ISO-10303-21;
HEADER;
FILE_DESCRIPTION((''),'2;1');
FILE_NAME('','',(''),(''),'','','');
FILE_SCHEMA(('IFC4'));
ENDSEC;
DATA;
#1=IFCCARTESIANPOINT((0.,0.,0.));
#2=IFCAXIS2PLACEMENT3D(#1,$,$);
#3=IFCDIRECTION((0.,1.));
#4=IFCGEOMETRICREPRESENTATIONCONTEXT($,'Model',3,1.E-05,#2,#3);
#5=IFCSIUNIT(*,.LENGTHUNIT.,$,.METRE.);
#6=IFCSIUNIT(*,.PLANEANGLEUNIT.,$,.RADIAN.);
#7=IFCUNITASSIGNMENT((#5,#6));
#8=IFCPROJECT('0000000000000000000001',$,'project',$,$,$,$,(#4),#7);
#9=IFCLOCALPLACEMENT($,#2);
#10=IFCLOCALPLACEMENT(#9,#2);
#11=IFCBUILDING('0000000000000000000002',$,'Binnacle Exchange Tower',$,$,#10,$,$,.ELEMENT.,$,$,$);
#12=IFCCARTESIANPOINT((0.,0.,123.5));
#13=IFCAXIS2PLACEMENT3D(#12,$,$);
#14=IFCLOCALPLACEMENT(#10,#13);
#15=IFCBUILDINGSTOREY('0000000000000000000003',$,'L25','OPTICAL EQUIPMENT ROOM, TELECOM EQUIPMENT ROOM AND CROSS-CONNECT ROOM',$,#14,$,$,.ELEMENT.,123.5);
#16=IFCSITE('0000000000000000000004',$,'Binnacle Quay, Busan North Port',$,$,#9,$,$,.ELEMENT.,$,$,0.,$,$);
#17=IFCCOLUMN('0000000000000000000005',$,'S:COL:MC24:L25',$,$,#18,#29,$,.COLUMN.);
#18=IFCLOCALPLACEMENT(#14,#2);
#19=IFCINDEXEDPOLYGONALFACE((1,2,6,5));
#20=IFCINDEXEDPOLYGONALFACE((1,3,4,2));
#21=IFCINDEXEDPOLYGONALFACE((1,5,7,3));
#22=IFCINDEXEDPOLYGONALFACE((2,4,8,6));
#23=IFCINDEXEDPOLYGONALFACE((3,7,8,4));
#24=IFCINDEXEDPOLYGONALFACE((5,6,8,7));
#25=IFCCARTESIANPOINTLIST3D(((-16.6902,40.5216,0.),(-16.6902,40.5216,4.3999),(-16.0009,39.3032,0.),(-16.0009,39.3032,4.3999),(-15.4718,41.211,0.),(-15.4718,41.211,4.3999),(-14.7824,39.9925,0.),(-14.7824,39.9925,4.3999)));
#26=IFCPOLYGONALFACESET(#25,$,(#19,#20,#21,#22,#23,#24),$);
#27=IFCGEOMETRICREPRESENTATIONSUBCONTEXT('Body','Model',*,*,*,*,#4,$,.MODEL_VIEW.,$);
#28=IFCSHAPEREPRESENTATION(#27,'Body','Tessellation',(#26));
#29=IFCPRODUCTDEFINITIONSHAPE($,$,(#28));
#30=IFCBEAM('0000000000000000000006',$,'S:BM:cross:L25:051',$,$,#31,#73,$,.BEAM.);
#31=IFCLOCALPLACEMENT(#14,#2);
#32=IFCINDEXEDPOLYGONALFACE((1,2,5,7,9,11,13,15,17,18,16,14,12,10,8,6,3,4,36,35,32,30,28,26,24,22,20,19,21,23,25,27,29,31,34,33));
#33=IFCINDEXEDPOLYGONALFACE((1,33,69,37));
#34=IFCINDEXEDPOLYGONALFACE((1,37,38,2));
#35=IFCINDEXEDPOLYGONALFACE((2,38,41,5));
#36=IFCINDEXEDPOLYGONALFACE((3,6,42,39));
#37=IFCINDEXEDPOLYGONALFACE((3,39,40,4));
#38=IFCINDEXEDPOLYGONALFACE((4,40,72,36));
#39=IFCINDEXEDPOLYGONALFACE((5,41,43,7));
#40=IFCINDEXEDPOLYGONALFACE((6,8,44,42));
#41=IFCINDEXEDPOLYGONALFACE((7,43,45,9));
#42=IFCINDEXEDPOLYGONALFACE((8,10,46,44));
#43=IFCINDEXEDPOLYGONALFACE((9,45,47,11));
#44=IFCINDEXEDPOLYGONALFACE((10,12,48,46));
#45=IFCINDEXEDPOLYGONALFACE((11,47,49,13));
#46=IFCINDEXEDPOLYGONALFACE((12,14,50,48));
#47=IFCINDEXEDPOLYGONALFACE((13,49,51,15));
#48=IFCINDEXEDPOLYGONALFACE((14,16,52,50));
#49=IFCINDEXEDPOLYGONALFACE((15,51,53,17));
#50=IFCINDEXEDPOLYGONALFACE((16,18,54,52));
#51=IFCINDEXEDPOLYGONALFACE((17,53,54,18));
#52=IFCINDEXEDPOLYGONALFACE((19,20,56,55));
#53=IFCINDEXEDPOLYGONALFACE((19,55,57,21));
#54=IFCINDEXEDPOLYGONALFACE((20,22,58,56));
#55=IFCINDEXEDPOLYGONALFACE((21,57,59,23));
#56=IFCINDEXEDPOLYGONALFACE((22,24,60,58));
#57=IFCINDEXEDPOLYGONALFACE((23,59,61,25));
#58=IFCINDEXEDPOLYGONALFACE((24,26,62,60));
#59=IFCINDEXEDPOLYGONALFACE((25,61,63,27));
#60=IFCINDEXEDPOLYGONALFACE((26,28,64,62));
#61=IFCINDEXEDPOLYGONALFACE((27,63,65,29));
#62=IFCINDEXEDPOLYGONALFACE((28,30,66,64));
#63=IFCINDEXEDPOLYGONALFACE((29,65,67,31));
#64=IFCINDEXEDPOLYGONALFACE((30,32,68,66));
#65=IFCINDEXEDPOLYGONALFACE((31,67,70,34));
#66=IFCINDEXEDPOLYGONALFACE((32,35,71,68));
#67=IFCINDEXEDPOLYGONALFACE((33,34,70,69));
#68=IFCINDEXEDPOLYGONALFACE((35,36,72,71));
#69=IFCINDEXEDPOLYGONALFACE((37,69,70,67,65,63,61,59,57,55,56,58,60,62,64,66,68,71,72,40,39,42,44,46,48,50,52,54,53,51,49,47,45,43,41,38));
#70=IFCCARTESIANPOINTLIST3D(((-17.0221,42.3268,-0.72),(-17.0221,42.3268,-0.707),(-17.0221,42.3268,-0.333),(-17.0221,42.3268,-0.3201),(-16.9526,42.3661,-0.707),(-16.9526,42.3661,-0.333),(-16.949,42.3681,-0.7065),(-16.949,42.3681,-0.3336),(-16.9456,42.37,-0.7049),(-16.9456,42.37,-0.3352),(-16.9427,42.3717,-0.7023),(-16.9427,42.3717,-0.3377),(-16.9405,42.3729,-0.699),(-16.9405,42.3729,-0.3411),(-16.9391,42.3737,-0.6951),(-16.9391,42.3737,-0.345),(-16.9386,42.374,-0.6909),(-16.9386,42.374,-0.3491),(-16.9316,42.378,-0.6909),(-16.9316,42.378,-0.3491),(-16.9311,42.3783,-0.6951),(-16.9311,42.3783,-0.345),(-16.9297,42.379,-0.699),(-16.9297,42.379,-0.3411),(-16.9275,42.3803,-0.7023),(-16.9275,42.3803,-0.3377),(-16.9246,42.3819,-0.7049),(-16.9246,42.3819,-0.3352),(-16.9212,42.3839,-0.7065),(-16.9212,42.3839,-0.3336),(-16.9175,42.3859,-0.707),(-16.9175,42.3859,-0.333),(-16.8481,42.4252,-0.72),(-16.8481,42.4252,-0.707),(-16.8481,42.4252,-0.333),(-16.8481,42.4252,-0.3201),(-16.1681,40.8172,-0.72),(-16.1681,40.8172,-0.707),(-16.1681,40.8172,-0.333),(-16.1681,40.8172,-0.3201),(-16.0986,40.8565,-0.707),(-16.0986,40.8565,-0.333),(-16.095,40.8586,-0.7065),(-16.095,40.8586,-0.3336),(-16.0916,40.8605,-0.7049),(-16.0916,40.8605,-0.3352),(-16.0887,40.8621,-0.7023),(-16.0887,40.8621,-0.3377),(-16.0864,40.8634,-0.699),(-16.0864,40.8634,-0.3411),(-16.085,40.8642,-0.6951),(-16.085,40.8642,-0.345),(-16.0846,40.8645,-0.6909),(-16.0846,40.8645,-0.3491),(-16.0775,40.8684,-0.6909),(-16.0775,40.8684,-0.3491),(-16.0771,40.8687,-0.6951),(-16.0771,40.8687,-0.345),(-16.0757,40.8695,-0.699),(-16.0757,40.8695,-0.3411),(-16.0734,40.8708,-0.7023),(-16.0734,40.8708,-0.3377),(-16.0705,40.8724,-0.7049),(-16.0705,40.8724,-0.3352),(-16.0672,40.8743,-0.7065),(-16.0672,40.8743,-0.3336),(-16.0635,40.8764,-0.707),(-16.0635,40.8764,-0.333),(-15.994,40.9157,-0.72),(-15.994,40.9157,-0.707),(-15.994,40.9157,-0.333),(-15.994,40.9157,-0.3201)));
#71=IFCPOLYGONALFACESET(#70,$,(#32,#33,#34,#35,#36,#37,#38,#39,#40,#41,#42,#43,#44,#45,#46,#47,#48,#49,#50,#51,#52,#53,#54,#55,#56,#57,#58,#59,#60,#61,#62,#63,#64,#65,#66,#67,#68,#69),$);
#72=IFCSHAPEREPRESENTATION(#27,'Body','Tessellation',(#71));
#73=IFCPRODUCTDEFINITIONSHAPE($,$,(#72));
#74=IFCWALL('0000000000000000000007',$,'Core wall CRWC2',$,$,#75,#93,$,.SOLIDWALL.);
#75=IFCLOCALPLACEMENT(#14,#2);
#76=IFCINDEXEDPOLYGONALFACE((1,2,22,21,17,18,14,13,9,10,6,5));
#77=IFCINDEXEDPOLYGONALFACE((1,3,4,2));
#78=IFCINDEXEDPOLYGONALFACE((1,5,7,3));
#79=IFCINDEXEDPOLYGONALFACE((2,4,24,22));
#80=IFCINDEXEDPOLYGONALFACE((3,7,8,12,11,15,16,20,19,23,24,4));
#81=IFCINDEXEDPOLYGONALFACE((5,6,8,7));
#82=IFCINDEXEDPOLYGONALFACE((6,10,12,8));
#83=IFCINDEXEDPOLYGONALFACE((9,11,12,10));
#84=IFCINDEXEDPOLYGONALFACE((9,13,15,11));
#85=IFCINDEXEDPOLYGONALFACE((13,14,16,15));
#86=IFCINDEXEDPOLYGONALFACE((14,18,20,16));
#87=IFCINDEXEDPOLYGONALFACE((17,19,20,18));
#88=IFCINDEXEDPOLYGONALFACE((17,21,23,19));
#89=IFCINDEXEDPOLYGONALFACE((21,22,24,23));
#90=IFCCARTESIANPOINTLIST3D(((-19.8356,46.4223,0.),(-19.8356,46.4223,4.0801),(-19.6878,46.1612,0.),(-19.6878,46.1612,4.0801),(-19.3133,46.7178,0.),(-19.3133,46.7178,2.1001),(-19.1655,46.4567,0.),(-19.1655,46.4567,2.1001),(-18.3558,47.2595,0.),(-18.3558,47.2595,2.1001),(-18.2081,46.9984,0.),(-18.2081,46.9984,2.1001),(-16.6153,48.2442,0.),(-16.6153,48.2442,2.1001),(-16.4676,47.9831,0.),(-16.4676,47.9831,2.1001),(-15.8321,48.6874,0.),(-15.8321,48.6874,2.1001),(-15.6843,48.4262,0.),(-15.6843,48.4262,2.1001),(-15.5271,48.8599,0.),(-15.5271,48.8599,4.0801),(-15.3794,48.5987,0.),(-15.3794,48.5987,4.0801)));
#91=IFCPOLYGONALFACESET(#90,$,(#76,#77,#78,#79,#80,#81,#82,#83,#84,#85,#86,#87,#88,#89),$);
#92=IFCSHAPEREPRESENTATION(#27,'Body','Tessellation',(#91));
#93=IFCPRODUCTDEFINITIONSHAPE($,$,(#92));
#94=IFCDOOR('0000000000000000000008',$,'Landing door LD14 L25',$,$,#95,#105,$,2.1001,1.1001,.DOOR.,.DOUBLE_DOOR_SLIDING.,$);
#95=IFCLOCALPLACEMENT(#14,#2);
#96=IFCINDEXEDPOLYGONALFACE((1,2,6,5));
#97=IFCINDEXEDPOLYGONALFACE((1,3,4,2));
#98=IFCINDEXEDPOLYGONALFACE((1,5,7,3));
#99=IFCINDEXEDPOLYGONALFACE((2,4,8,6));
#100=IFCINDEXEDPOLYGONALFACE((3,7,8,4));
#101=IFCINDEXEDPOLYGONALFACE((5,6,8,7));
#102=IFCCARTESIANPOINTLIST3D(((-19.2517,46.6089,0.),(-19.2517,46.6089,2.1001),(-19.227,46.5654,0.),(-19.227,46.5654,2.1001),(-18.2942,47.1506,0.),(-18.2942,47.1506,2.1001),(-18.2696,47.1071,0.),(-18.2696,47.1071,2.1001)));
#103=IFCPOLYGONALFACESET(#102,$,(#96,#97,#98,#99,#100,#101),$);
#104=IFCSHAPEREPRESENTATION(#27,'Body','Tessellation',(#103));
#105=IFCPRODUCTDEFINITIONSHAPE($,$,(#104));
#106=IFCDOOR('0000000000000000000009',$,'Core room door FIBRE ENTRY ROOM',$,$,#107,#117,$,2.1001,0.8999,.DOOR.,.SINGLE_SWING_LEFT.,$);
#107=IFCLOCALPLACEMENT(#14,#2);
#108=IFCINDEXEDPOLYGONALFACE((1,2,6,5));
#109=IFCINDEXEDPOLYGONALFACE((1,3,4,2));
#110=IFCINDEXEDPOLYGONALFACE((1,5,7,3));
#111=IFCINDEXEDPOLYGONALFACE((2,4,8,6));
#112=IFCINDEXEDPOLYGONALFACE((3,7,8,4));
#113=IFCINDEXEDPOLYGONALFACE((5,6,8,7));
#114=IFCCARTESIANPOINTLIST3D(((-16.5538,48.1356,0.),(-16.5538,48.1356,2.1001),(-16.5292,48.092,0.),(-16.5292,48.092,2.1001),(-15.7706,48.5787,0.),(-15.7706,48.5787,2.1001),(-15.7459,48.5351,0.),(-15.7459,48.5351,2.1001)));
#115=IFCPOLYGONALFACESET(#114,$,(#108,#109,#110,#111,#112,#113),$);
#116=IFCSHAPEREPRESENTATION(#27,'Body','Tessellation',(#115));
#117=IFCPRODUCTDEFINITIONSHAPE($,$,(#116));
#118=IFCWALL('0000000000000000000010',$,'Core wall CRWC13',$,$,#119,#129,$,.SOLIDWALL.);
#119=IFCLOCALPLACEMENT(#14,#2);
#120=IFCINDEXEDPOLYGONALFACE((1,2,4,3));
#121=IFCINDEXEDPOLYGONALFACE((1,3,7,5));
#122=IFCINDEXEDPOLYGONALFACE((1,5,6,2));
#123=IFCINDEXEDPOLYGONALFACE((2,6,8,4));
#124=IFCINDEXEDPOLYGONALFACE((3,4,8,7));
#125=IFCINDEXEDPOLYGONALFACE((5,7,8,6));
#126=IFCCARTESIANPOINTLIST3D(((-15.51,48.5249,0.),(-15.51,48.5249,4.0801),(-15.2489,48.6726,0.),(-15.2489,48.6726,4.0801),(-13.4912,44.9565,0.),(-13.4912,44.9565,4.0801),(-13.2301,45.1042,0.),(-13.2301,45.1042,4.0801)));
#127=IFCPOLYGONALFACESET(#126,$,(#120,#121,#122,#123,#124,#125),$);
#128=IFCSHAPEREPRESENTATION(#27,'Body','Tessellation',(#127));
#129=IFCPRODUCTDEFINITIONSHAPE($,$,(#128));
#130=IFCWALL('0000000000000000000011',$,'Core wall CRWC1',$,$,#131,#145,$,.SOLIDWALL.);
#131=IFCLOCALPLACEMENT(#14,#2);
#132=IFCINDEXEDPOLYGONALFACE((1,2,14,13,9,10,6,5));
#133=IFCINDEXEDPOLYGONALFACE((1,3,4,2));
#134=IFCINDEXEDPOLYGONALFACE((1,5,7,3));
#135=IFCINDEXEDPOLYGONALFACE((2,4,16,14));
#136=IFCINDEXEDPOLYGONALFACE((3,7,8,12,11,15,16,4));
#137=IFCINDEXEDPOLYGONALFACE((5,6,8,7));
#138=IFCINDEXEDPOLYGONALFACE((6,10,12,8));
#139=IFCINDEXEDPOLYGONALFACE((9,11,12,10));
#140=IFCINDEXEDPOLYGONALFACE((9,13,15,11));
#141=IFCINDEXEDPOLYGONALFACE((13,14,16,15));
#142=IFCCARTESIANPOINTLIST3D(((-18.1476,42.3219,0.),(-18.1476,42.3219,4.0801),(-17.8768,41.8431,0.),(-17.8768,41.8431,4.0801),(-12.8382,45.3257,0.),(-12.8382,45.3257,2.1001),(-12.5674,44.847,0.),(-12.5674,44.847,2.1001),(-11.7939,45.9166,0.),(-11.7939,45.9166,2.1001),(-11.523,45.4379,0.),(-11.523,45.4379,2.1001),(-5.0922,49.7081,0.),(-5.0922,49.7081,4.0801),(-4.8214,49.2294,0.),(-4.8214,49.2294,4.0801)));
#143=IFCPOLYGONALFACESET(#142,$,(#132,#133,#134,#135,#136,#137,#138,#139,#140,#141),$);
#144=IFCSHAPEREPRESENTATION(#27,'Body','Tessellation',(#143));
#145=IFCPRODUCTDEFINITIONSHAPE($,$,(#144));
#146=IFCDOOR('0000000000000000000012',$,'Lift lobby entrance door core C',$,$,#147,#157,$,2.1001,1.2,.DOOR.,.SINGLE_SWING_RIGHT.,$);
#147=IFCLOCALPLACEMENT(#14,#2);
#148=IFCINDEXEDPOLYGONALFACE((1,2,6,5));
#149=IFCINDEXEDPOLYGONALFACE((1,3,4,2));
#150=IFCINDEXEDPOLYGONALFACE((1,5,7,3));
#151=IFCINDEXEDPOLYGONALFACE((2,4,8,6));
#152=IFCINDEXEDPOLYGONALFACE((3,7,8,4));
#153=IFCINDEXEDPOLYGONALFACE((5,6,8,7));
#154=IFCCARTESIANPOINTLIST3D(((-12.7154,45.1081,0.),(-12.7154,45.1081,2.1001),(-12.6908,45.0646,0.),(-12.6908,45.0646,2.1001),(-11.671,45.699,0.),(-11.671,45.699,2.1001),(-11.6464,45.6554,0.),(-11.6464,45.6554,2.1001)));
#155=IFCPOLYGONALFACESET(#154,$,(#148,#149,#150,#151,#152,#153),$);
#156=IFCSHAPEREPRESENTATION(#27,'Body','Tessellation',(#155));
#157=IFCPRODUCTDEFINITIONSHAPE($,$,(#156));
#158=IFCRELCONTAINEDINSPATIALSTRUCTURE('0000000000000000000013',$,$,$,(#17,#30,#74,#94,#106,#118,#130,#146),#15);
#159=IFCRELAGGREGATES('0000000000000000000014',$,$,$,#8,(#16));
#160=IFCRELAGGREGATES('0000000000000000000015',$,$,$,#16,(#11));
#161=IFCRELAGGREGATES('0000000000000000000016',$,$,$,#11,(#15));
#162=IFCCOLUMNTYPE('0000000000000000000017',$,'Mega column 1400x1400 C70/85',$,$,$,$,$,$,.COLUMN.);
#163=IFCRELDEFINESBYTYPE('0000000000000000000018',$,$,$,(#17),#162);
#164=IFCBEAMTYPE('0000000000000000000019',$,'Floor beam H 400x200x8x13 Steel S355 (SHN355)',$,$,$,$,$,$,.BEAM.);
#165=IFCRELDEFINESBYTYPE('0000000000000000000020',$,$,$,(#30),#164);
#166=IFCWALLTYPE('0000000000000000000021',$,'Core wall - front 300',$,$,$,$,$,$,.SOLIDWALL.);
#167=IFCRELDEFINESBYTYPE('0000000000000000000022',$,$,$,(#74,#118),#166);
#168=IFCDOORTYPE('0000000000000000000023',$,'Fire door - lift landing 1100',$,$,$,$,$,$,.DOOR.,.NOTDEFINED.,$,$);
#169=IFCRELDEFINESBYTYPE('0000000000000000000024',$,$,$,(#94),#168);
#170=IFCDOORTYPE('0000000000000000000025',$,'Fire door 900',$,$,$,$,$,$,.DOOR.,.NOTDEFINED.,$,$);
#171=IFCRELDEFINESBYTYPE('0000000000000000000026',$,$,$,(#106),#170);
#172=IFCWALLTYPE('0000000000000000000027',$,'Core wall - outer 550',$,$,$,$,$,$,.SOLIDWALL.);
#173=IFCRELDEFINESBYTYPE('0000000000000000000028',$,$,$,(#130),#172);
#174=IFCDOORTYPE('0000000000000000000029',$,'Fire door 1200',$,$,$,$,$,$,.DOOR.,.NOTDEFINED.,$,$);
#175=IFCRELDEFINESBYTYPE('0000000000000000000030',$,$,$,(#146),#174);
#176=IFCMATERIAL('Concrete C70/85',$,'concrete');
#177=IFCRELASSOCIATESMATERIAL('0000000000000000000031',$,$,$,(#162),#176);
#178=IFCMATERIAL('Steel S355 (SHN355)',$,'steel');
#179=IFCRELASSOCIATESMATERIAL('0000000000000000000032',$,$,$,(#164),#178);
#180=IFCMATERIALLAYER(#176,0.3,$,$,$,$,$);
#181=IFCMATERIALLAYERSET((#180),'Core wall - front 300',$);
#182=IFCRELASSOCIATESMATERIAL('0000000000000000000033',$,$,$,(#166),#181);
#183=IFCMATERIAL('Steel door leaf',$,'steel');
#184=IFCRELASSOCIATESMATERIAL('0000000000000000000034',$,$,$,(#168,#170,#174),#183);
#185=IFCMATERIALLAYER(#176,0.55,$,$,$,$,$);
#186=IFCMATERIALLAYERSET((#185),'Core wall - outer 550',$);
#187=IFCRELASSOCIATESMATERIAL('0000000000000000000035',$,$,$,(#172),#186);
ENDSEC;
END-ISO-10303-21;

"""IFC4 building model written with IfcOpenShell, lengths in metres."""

from ifc_helpers import new_model, si_unit, direction, frame, frame_2d, origin, origin_2d, place, context, subcontext, project, spatial, rectangle, i_section, extrude, material, layer, layer_set, material_profile, profile_set, type_object, element, fill, save


model = new_model("IFC4")

# Units and contexts
model_context = context("Model", 3, precision=1e-05, world=origin(), true_north=direction((0.0, 1.0)))
body_context = subcontext(model_context, "Body", "Model", "MODEL_VIEW")
ifc_project = project(units=[si_unit("LENGTHUNIT", "METRE"), si_unit("PLANEANGLEUNIT", "RADIAN")], contexts=[model_context])

# Site, building, storey
site_placement = place(None, origin())
site = spatial("IfcSite", under=ifc_project, at=site_placement, Name="Binnacle Quay, Busan North Port", CompositionType="ELEMENT", RefElevation=0.0)
building_placement = place(site_placement, origin())
building = spatial("IfcBuilding", under=site, at=building_placement, Name="Binnacle Exchange Tower", CompositionType="ELEMENT")
storey_placement = place(building_placement, frame((0.0, 0.0, 123.5)))
storey = spatial("IfcBuildingStorey", under=building, at=storey_placement, Name="L25", Description="OPTICAL EQUIPMENT ROOM, TELECOM EQUIPMENT ROOM AND CROSS-CONNECT ROOM", CompositionType="ELEMENT", Elevation=123.5)

# Column
ifc_material_1 = material(Name="Concrete C70/85", Category="concrete")
ifc_material_profile_1 = material_profile(ifc_material_1, rectangle(XDim=1.3999, YDim=1.3999, at=origin_2d()), Name="Mega column 1400x1400 C70/85")
ifc_profile_set_1 = profile_set([ifc_material_profile_1], Name="Concrete C70/85")
column_type = type_object("IfcColumnType", Name="Mega column 1400x1400 C70/85", PredefinedType="COLUMN", material=ifc_profile_set_1)
column_placement = place(storey_placement, frame((-15.7363, 40.2571, 0.0), z_axis=(0.0, 0.0, 1.0), x_axis=(0.870356, 0.492424, 0.0)))
element("IfcColumn", 1, at=column_placement, inside=storey, type_object=column_type, Name="S:COL:MC24:L25", PredefinedType="COLUMN", context=body_context, shape_type="SweptSolid", body=[
    extrude(rectangle(XDim=1.3999, YDim=1.3999, at=origin_2d()), origin(), (0.0, 0.0, 1.0), 4.3999),
])

# Beam
ifc_material_2 = material(Name="Steel S355 (SHN355)", Category="steel")
ifc_material_profile_2 = material_profile(ifc_material_2, i_section(OverallWidth=0.2, OverallDepth=0.3999, WebThickness=0.0081, FlangeThickness=0.0129, FilletRadius=0.0161, at=origin_2d()), Name="H 400x200x8x13")
ifc_profile_set_2 = profile_set([ifc_material_profile_2], Name="Steel S355 (SHN355)")
beam_type = type_object("IfcBeamType", Name="Floor beam H 400x200x8x13 Steel S355 (SHN355)", PredefinedType="BEAM", material=ifc_profile_set_2)
beam_placement = place(storey_placement, frame((-16.0811, 40.8665, -0.52), z_axis=(-0.492405, 0.870366, 0.0), x_axis=(-0.870366, -0.492405, 0.0)))
element("IfcBeam", 2, at=beam_placement, inside=storey, type_object=beam_type, Name="S:BM:cross:L25:051", PredefinedType="BEAM", context=body_context, shape_type="SweptSolid", body=[
    extrude(i_section(OverallWidth=0.2, OverallDepth=0.3999, WebThickness=0.0081, FlangeThickness=0.0129, FilletRadius=0.0161, at=origin_2d()), origin(), (0.0, 0.0, 1.0), 1.7344),
])

# Wall, openings, doors
ifc_layer_1 = layer(ifc_material_1, 0.3)
ifc_layer_set_1 = layer_set([ifc_layer_1], Name="Core wall - front 300")
wall_type_1 = type_object("IfcWallType", Name="Core wall - front 300", PredefinedType="SOLIDWALL", material=ifc_layer_set_1)
wall_1_placement = place(storey_placement, frame((-19.7617, 46.2917, 0.0), z_axis=(0.0, 0.0, 1.0), x_axis=(0.87036, 0.492416, 0.0)))
wall_1 = element("IfcWall", 3, at=wall_1_placement, inside=storey, type_object=wall_type_1, Name="Core wall CRWC2", PredefinedType="SOLIDWALL", context=body_context, shape_type="SweptSolid", body=[
    extrude(rectangle(XDim=4.9502, YDim=0.3, at=frame_2d((2.4751, 0.0))), origin(), (0.0, 0.0, 1.0), 4.0801),
])
opening_1_placement = place(wall_1_placement, frame((0.6001, 0.0, 0.0)))
opening_1 = element("IfcOpeningElement", 4, at=opening_1_placement, cuts=wall_1, PredefinedType="OPENING", context=body_context, shape_type="SweptSolid", body=[
    extrude(rectangle(XDim=1.1001, YDim=2.1001, at=frame_2d((0.55, 1.05))), frame((0.0, 0.1599, 0.0), z_axis=(0.0, -1.0, 0.0), x_axis=(1.0, 0.0, 0.0)), (0.0, 0.0, 1.0), 0.3201),
])
opening_2_placement = place(wall_1_placement, frame((3.7, 0.0, 0.0)))
opening_2 = element("IfcOpeningElement", 5, at=opening_2_placement, cuts=wall_1, PredefinedType="OPENING", context=body_context, shape_type="SweptSolid", body=[
    extrude(rectangle(XDim=0.8999, YDim=2.1001, at=frame_2d((0.45, 1.05))), frame((0.0, 0.1599, 0.0), z_axis=(0.0, -1.0, 0.0), x_axis=(1.0, 0.0, 0.0)), (0.0, 0.0, 1.0), 0.3201),
])
ifc_material_3 = material(Name="Steel door leaf", Category="steel")
door_type_1 = type_object("IfcDoorType", Name="Fire door - lift landing 1100", OperationType="NOTDEFINED", PredefinedType="DOOR", material=ifc_material_3)
door_1_placement = place(opening_1_placement, origin())
door_1 = element("IfcDoor", 6, at=door_1_placement, inside=storey, type_object=door_type_1, Name="Landing door LD14 L25", OperationType="DOUBLE_DOOR_SLIDING", OverallHeight=2.1001, OverallWidth=1.1001, PredefinedType="DOOR", context=body_context, shape_type="SweptSolid", body=[
    extrude(rectangle(XDim=1.1001, YDim=2.1001, at=frame_2d((0.55, 1.05))), frame((0.0, 0.0249, 0.0), z_axis=(0.0, -1.0, 0.0), x_axis=(1.0, 0.0, 0.0)), (0.0, 0.0, 1.0), 0.05),
])
fill(opening_1, door_1)
door_type_2 = type_object("IfcDoorType", Name="Fire door 900", OperationType="NOTDEFINED", PredefinedType="DOOR", material=ifc_material_3)
door_2_placement = place(opening_2_placement, frame((0.8999, 0.0, 0.0), z_axis=(0.0, 0.0, 1.0), x_axis=(-1.0, 0.0, 0.0)))
door_2 = element("IfcDoor", 7, at=door_2_placement, inside=storey, type_object=door_type_2, Name="Core room door FIBRE ENTRY ROOM", OperationType="SINGLE_SWING_LEFT", OverallHeight=2.1001, OverallWidth=0.8999, PredefinedType="DOOR", context=body_context, shape_type="SweptSolid", body=[
    extrude(rectangle(XDim=0.8999, YDim=2.1001, at=frame_2d((0.45, 1.05))), frame((0.0, 0.0249, 0.0), z_axis=(0.0, -1.0, 0.0), x_axis=(1.0, 0.0, 0.0)), (0.0, 0.0, 1.0), 0.05),
])
fill(opening_2, door_2)

# Wall
wall_2_placement = place(storey_placement, frame((-15.3794, 48.5986, 0.0), z_axis=(0.0, 0.0, 1.0), x_axis=(0.492408, -0.870364, 0.0)))
element("IfcWall", 8, at=wall_2_placement, inside=storey, type_object=wall_type_1, Name="Core wall CRWC13", PredefinedType="SOLIDWALL", context=body_context, shape_type="SweptSolid", body=[
    extrude(rectangle(XDim=4.0999, YDim=0.3, at=frame_2d((2.0498, 0.0))), origin(), (0.0, 0.0, 1.0), 4.0801),
])

# Wall, opening, door
ifc_layer_2 = layer(ifc_material_1, 0.55)
ifc_layer_set_2 = layer_set([ifc_layer_2], Name="Core wall - outer 550")
wall_type_2 = type_object("IfcWallType", Name="Core wall - outer 550", PredefinedType="SOLIDWALL", material=ifc_layer_set_2)
wall_3_placement = place(storey_placement, frame((-18.0122, 42.0825, 0.0), z_axis=(0.0, 0.0, 1.0), x_axis=(0.870361, 0.492415, 0.0)))
wall_3 = element("IfcWall", 9, at=wall_3_placement, inside=storey, type_object=wall_type_2, Name="Core wall CRWC1", PredefinedType="SOLIDWALL", context=body_context, shape_type="SweptSolid", body=[
    extrude(rectangle(XDim=15.0, YDim=0.55, at=frame_2d((7.5, 0.0))), origin(), (0.0, 0.0, 1.0), 4.0801),
])
opening_3_placement = place(wall_3_placement, frame((6.1001, 0.0, 0.0)))
opening_3 = element("IfcOpeningElement", 10, at=opening_3_placement, cuts=wall_3, PredefinedType="OPENING", context=body_context, shape_type="SweptSolid", body=[
    extrude(rectangle(XDim=1.2, YDim=2.1001, at=frame_2d((0.6001, 1.05))), frame((0.0, 0.2849, 0.0), z_axis=(0.0, -1.0, 0.0), x_axis=(1.0, 0.0, 0.0)), (0.0, 0.0, 1.0), 0.5701),
])
door_type_3 = type_object("IfcDoorType", Name="Fire door 1200", OperationType="NOTDEFINED", PredefinedType="DOOR", material=ifc_material_3)
door_3_placement = place(opening_3_placement, frame((1.2, 0.0, 0.0), z_axis=(0.0, 0.0, 1.0), x_axis=(-1.0, 0.0, 0.0)))
door_3 = element("IfcDoor", 11, at=door_3_placement, inside=storey, type_object=door_type_3, Name="Lift lobby entrance door core C", OperationType="SINGLE_SWING_RIGHT", OverallHeight=2.1001, OverallWidth=1.2, PredefinedType="DOOR", context=body_context, shape_type="SweptSolid", body=[
    extrude(rectangle(XDim=1.2, YDim=2.1001, at=frame_2d((0.6001, 1.05))), frame((0.0, 0.0249, 0.0), z_axis=(0.0, -1.0, 0.0), x_axis=(1.0, 0.0, 0.0)), (0.0, 0.0, 1.0), 0.05),
])
fill(opening_3, door_3)

save(model, "model.ifc")
